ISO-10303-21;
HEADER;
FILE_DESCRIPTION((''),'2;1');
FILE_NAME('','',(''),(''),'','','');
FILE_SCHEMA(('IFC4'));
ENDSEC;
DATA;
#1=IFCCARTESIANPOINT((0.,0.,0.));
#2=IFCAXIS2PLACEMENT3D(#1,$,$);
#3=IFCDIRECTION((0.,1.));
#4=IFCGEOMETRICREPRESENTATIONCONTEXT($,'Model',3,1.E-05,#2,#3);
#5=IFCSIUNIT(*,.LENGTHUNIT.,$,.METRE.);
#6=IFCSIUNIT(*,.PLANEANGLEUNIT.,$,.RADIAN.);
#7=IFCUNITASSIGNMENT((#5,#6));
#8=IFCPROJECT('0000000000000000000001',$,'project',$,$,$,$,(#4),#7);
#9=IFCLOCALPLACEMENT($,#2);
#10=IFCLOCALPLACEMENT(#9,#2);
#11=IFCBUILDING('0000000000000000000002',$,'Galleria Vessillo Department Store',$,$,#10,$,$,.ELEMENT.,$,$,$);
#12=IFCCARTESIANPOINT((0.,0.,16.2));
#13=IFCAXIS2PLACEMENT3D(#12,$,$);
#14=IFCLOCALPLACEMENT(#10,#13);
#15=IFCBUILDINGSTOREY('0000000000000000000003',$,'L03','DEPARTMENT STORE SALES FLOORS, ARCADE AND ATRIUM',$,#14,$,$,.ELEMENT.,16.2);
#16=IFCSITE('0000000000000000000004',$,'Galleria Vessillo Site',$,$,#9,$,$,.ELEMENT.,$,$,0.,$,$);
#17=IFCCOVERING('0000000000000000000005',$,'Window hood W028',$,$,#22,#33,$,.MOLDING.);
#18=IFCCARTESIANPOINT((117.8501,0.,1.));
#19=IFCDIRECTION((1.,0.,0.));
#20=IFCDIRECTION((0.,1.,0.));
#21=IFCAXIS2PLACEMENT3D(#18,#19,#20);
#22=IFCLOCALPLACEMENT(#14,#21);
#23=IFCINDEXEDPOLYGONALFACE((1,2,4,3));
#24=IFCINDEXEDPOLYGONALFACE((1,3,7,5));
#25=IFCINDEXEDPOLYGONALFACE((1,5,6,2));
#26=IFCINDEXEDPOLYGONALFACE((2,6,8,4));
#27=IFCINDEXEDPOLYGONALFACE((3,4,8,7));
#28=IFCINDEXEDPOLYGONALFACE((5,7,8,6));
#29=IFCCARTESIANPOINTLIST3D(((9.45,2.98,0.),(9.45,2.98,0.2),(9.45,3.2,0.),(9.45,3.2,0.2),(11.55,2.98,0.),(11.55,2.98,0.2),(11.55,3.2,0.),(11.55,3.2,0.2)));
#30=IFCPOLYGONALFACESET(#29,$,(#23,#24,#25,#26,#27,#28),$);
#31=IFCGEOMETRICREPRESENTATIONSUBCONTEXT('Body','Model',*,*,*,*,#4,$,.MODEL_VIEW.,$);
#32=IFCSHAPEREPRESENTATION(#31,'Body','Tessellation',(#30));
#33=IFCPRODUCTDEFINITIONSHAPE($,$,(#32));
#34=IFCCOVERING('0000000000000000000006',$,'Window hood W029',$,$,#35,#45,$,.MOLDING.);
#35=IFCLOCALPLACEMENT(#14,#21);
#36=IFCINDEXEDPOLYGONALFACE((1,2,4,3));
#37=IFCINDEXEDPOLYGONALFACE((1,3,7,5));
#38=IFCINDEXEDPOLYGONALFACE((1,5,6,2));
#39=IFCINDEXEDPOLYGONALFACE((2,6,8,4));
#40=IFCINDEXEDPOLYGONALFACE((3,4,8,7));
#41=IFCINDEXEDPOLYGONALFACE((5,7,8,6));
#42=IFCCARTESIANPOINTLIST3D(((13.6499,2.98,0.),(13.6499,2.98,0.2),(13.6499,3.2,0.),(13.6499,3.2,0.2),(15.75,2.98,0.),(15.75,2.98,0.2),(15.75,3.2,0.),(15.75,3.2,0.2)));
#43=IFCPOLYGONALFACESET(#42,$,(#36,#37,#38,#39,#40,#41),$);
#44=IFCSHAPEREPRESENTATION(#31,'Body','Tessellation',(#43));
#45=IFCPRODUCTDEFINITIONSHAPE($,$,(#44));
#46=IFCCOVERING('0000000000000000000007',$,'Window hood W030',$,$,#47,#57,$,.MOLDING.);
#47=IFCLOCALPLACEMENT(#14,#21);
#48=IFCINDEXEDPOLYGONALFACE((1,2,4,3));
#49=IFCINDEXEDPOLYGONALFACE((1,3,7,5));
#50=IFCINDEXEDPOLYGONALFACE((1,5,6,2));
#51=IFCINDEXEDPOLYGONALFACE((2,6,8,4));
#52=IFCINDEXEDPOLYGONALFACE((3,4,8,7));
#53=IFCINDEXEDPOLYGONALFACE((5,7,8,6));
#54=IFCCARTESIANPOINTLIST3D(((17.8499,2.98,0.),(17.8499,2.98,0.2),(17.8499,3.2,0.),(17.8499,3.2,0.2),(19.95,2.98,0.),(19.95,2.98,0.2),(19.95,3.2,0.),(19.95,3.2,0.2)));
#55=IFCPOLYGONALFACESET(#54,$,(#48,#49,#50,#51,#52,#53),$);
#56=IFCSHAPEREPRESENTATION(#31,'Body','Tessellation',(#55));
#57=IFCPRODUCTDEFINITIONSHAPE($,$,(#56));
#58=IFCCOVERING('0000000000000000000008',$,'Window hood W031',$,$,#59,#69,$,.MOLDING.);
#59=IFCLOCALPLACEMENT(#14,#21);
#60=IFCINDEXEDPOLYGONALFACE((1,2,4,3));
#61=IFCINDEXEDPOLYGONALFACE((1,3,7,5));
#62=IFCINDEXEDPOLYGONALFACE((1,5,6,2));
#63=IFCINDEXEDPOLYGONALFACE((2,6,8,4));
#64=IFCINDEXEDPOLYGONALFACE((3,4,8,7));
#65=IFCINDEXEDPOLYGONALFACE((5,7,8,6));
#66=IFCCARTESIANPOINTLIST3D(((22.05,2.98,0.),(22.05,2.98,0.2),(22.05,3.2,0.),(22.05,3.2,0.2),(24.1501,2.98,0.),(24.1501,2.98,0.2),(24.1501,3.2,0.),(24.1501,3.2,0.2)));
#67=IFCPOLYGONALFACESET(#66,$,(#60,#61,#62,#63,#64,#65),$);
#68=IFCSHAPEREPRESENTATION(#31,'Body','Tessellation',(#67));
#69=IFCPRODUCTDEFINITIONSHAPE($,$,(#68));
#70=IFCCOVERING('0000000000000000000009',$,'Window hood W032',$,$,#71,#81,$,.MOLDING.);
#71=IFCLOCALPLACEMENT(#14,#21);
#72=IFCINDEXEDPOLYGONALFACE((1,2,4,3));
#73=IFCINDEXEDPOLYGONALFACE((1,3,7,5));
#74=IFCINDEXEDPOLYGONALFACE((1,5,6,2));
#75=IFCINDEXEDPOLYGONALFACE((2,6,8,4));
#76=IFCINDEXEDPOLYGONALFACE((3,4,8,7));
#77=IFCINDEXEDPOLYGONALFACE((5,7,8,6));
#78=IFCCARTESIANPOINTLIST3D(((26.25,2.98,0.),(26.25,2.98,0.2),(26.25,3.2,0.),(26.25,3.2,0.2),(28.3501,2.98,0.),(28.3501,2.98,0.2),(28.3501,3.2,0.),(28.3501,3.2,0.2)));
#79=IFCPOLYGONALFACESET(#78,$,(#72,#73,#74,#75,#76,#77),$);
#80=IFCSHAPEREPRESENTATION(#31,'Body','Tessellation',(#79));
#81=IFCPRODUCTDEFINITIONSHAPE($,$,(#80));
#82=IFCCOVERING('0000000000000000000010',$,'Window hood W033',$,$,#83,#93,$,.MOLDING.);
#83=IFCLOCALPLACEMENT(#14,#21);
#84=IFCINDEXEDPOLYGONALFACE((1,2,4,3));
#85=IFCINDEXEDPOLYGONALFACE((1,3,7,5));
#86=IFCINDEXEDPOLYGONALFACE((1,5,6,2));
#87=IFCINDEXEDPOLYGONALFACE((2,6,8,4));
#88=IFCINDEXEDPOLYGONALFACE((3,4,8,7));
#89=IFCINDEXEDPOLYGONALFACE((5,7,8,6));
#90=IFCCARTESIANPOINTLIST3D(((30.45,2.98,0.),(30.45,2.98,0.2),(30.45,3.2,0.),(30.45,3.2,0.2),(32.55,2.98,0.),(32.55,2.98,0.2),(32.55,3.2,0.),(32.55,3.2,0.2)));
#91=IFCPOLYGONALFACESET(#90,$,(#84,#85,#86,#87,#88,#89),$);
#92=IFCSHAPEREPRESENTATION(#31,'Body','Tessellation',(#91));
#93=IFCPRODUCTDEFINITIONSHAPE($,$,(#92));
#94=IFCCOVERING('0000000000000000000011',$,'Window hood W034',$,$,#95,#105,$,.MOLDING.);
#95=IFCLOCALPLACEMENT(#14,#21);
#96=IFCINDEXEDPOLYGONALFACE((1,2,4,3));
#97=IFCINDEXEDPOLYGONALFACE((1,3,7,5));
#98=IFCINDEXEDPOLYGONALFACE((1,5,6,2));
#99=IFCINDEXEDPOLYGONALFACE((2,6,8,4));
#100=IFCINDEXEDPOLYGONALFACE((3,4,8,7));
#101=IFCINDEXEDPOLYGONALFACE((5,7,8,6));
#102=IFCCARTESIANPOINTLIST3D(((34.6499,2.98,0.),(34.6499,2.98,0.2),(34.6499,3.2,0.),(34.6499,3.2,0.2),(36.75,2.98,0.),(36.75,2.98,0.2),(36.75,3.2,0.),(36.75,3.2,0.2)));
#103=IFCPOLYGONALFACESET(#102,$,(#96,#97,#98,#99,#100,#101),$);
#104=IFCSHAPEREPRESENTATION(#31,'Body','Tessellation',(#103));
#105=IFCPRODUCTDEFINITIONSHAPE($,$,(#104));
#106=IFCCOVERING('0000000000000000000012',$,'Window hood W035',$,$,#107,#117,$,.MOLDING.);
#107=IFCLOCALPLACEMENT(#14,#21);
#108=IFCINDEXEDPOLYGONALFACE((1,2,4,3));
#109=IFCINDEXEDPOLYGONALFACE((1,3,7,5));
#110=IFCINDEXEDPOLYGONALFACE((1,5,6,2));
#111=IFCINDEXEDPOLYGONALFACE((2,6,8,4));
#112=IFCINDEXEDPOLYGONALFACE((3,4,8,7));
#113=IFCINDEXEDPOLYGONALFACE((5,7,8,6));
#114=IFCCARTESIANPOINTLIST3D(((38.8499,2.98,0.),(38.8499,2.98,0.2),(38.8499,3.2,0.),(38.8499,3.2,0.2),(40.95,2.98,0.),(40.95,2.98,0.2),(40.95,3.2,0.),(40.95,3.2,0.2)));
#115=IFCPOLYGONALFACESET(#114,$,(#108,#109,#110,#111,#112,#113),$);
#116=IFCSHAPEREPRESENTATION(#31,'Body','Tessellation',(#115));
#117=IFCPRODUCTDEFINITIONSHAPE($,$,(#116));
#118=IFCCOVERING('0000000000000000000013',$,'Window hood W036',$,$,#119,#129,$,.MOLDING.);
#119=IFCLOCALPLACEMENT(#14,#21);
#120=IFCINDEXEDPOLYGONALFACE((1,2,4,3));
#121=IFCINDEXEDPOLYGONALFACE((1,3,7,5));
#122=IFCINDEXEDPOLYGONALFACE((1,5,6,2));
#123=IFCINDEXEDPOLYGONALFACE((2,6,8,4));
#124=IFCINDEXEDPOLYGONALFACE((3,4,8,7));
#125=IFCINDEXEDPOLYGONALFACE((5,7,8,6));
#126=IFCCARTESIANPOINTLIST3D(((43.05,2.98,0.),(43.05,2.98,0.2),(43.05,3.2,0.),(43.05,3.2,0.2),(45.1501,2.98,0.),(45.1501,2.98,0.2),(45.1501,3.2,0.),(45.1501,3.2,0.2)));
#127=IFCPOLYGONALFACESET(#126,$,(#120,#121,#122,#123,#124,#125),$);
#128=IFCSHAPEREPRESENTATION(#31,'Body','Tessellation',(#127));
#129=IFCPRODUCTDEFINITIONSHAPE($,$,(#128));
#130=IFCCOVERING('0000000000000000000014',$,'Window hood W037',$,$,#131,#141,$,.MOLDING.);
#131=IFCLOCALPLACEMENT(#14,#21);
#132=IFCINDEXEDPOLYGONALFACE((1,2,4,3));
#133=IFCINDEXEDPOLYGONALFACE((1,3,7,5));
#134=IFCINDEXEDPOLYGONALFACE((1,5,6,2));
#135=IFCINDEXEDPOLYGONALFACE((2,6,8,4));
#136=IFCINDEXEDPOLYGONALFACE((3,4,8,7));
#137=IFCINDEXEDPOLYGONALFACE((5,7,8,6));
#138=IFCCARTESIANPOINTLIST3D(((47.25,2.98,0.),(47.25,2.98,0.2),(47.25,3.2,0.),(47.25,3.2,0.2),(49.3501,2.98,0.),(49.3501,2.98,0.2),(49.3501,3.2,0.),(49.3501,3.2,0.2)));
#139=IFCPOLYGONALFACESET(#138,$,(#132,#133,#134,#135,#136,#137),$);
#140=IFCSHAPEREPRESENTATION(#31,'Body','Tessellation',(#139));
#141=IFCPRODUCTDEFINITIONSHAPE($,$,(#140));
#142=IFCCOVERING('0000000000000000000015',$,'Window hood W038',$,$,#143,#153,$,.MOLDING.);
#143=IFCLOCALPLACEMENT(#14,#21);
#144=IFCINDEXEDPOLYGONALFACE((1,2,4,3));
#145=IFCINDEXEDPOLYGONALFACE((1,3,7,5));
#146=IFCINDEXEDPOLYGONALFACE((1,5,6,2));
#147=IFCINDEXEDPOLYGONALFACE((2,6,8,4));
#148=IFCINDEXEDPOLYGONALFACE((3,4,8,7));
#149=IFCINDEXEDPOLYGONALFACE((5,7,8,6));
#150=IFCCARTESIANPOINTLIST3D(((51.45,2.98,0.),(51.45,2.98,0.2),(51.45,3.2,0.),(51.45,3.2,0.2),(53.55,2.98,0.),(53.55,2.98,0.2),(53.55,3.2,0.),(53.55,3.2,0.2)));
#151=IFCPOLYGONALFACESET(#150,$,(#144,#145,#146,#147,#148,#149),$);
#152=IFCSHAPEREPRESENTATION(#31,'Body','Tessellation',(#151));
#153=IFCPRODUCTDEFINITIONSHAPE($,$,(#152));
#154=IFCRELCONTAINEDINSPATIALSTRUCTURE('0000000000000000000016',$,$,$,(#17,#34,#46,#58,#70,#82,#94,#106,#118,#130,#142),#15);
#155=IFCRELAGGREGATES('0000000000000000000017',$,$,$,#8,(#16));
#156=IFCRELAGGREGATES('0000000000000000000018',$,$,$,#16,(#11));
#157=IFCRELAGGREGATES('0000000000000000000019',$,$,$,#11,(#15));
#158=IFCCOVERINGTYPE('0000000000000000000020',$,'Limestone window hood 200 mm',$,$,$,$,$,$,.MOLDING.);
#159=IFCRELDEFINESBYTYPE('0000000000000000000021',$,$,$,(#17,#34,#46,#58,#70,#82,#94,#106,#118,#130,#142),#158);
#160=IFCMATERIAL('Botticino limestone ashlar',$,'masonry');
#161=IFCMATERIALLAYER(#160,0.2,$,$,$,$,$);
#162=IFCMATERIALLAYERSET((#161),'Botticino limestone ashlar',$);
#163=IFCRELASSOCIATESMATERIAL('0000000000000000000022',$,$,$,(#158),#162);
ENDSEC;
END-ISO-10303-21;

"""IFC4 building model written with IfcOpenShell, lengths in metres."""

from ifc_helpers import new_model, si_unit, direction, frame, origin, place, context, subcontext, project, spatial, polyline, outline, extrude, material, layer, layer_set, type_object, element, save


model = new_model("IFC4")

# Units and contexts
model_context = context("Model", 3, precision=1e-05, world=origin(), true_north=direction((0.0, 1.0)))
body_context = subcontext(model_context, "Body", "Model", "MODEL_VIEW")
ifc_project = project(units=[si_unit("LENGTHUNIT", "METRE"), si_unit("PLANEANGLEUNIT", "RADIAN")], contexts=[model_context])

# Site, building, storey
site_placement = place(None, origin())
site = spatial("IfcSite", under=ifc_project, at=site_placement, Name="Galleria Vessillo Site", CompositionType="ELEMENT", RefElevation=0.0)
building_placement = place(site_placement, origin())
building = spatial("IfcBuilding", under=site, at=building_placement, Name="Galleria Vessillo Department Store", CompositionType="ELEMENT")
storey_placement = place(building_placement, frame((0.0, 0.0, 16.2)))
storey = spatial("IfcBuildingStorey", under=building, at=storey_placement, Name="L03", Description="DEPARTMENT STORE SALES FLOORS, ARCADE AND ATRIUM", CompositionType="ELEMENT", Elevation=16.2)

# Coverings
ifc_material_1 = material(Name="Botticino limestone ashlar", Category="masonry")
ifc_layer_1 = layer(ifc_material_1, 0.2)
ifc_layer_set_1 = layer_set([ifc_layer_1], Name="Botticino limestone ashlar")
covering_type_1 = type_object("IfcCoveringType", Name="Limestone window hood 200 mm", PredefinedType="MOLDING", material=ifc_layer_set_1)
covering_1_placement = place(storey_placement, frame((117.8501, 0.0, 1.0), z_axis=(1.0, 0.0, 0.0), x_axis=(0.0, 1.0, 0.0)))
element("IfcCovering", 1, at=covering_1_placement, inside=storey, type_object=covering_type_1, Name="Window hood W028", PredefinedType="MOLDING", context=body_context, shape_type="SweptSolid", body=[
    extrude(outline(polyline([(9.45, 2.98), (11.55, 2.98), (11.55, 3.2), (9.45, 3.2), (9.45, 2.98)])), origin(), (0.0, 0.0, 1.0), 0.2),
])
covering_2_placement = place(storey_placement, frame((117.8501, 0.0, 1.0), z_axis=(1.0, 0.0, 0.0), x_axis=(0.0, 1.0, 0.0)))
element("IfcCovering", 2, at=covering_2_placement, inside=storey, type_object=covering_type_1, Name="Window hood W029", PredefinedType="MOLDING", context=body_context, shape_type="SweptSolid", body=[
    extrude(outline(polyline([(13.6499, 2.98), (15.75, 2.98), (15.75, 3.2), (13.6499, 3.2), (13.6499, 2.98)])), origin(), (0.0, 0.0, 1.0), 0.2),
])
covering_3_placement = place(storey_placement, frame((117.8501, 0.0, 1.0), z_axis=(1.0, 0.0, 0.0), x_axis=(0.0, 1.0, 0.0)))
element("IfcCovering", 3, at=covering_3_placement, inside=storey, type_object=covering_type_1, Name="Window hood W030", PredefinedType="MOLDING", context=body_context, shape_type="SweptSolid", body=[
    extrude(outline(polyline([(17.8499, 2.98), (19.95, 2.98), (19.95, 3.2), (17.8499, 3.2), (17.8499, 2.98)])), origin(), (0.0, 0.0, 1.0), 0.2),
])
covering_4_placement = place(storey_placement, frame((117.8501, 0.0, 1.0), z_axis=(1.0, 0.0, 0.0), x_axis=(0.0, 1.0, 0.0)))
element("IfcCovering", 4, at=covering_4_placement, inside=storey, type_object=covering_type_1, Name="Window hood W031", PredefinedType="MOLDING", context=body_context, shape_type="SweptSolid", body=[
    extrude(outline(polyline([(22.05, 2.98), (24.1501, 2.98), (24.1501, 3.2), (22.05, 3.2), (22.05, 2.98)])), origin(), (0.0, 0.0, 1.0), 0.2),
])
covering_5_placement = place(storey_placement, frame((117.8501, 0.0, 1.0), z_axis=(1.0, 0.0, 0.0), x_axis=(0.0, 1.0, 0.0)))
element("IfcCovering", 5, at=covering_5_placement, inside=storey, type_object=covering_type_1, Name="Window hood W032", PredefinedType="MOLDING", context=body_context, shape_type="SweptSolid", body=[
    extrude(outline(polyline([(26.25, 2.98), (28.3501, 2.98), (28.3501, 3.2), (26.25, 3.2), (26.25, 2.98)])), origin(), (0.0, 0.0, 1.0), 0.2),
])
covering_6_placement = place(storey_placement, frame((117.8501, 0.0, 1.0), z_axis=(1.0, 0.0, 0.0), x_axis=(0.0, 1.0, 0.0)))
element("IfcCovering", 6, at=covering_6_placement, inside=storey, type_object=covering_type_1, Name="Window hood W033", PredefinedType="MOLDING", context=body_context, shape_type="SweptSolid", body=[
    extrude(outline(polyline([(30.45, 2.98), (32.55, 2.98), (32.55, 3.2), (30.45, 3.2), (30.45, 2.98)])), origin(), (0.0, 0.0, 1.0), 0.2),
])
covering_7_placement = place(storey_placement, frame((117.8501, 0.0, 1.0), z_axis=(1.0, 0.0, 0.0), x_axis=(0.0, 1.0, 0.0)))
element("IfcCovering", 7, at=covering_7_placement, inside=storey, type_object=covering_type_1, Name="Window hood W034", PredefinedType="MOLDING", context=body_context, shape_type="SweptSolid", body=[
    extrude(outline(polyline([(34.6499, 2.98), (36.75, 2.98), (36.75, 3.2), (34.6499, 3.2), (34.6499, 2.98)])), origin(), (0.0, 0.0, 1.0), 0.2),
])
covering_8_placement = place(storey_placement, frame((117.8501, 0.0, 1.0), z_axis=(1.0, 0.0, 0.0), x_axis=(0.0, 1.0, 0.0)))
element("IfcCovering", 8, at=covering_8_placement, inside=storey, type_object=covering_type_1, Name="Window hood W035", PredefinedType="MOLDING", context=body_context, shape_type="SweptSolid", body=[
    extrude(outline(polyline([(38.8499, 2.98), (40.95, 2.98), (40.95, 3.2), (38.8499, 3.2), (38.8499, 2.98)])), origin(), (0.0, 0.0, 1.0), 0.2),
])
covering_9_placement = place(storey_placement, frame((117.8501, 0.0, 1.0), z_axis=(1.0, 0.0, 0.0), x_axis=(0.0, 1.0, 0.0)))
element("IfcCovering", 9, at=covering_9_placement, inside=storey, type_object=covering_type_1, Name="Window hood W036", PredefinedType="MOLDING", context=body_context, shape_type="SweptSolid", body=[
    extrude(outline(polyline([(43.05, 2.98), (45.1501, 2.98), (45.1501, 3.2), (43.05, 3.2), (43.05, 2.98)])), origin(), (0.0, 0.0, 1.0), 0.2),
])
covering_10_placement = place(storey_placement, frame((117.8501, 0.0, 1.0), z_axis=(1.0, 0.0, 0.0), x_axis=(0.0, 1.0, 0.0)))
element("IfcCovering", 10, at=covering_10_placement, inside=storey, type_object=covering_type_1, Name="Window hood W037", PredefinedType="MOLDING", context=body_context, shape_type="SweptSolid", body=[
    extrude(outline(polyline([(47.25, 2.98), (49.3501, 2.98), (49.3501, 3.2), (47.25, 3.2), (47.25, 2.98)])), origin(), (0.0, 0.0, 1.0), 0.2),
])
covering_11_placement = place(storey_placement, frame((117.8501, 0.0, 1.0), z_axis=(1.0, 0.0, 0.0), x_axis=(0.0, 1.0, 0.0)))
element("IfcCovering", 11, at=covering_11_placement, inside=storey, type_object=covering_type_1, Name="Window hood W038", PredefinedType="MOLDING", context=body_context, shape_type="SweptSolid", body=[
    extrude(outline(polyline([(51.45, 2.98), (53.55, 2.98), (53.55, 3.2), (51.45, 3.2), (51.45, 2.98)])), origin(), (0.0, 0.0, 1.0), 0.2),
])

save(model, "model.ifc")
